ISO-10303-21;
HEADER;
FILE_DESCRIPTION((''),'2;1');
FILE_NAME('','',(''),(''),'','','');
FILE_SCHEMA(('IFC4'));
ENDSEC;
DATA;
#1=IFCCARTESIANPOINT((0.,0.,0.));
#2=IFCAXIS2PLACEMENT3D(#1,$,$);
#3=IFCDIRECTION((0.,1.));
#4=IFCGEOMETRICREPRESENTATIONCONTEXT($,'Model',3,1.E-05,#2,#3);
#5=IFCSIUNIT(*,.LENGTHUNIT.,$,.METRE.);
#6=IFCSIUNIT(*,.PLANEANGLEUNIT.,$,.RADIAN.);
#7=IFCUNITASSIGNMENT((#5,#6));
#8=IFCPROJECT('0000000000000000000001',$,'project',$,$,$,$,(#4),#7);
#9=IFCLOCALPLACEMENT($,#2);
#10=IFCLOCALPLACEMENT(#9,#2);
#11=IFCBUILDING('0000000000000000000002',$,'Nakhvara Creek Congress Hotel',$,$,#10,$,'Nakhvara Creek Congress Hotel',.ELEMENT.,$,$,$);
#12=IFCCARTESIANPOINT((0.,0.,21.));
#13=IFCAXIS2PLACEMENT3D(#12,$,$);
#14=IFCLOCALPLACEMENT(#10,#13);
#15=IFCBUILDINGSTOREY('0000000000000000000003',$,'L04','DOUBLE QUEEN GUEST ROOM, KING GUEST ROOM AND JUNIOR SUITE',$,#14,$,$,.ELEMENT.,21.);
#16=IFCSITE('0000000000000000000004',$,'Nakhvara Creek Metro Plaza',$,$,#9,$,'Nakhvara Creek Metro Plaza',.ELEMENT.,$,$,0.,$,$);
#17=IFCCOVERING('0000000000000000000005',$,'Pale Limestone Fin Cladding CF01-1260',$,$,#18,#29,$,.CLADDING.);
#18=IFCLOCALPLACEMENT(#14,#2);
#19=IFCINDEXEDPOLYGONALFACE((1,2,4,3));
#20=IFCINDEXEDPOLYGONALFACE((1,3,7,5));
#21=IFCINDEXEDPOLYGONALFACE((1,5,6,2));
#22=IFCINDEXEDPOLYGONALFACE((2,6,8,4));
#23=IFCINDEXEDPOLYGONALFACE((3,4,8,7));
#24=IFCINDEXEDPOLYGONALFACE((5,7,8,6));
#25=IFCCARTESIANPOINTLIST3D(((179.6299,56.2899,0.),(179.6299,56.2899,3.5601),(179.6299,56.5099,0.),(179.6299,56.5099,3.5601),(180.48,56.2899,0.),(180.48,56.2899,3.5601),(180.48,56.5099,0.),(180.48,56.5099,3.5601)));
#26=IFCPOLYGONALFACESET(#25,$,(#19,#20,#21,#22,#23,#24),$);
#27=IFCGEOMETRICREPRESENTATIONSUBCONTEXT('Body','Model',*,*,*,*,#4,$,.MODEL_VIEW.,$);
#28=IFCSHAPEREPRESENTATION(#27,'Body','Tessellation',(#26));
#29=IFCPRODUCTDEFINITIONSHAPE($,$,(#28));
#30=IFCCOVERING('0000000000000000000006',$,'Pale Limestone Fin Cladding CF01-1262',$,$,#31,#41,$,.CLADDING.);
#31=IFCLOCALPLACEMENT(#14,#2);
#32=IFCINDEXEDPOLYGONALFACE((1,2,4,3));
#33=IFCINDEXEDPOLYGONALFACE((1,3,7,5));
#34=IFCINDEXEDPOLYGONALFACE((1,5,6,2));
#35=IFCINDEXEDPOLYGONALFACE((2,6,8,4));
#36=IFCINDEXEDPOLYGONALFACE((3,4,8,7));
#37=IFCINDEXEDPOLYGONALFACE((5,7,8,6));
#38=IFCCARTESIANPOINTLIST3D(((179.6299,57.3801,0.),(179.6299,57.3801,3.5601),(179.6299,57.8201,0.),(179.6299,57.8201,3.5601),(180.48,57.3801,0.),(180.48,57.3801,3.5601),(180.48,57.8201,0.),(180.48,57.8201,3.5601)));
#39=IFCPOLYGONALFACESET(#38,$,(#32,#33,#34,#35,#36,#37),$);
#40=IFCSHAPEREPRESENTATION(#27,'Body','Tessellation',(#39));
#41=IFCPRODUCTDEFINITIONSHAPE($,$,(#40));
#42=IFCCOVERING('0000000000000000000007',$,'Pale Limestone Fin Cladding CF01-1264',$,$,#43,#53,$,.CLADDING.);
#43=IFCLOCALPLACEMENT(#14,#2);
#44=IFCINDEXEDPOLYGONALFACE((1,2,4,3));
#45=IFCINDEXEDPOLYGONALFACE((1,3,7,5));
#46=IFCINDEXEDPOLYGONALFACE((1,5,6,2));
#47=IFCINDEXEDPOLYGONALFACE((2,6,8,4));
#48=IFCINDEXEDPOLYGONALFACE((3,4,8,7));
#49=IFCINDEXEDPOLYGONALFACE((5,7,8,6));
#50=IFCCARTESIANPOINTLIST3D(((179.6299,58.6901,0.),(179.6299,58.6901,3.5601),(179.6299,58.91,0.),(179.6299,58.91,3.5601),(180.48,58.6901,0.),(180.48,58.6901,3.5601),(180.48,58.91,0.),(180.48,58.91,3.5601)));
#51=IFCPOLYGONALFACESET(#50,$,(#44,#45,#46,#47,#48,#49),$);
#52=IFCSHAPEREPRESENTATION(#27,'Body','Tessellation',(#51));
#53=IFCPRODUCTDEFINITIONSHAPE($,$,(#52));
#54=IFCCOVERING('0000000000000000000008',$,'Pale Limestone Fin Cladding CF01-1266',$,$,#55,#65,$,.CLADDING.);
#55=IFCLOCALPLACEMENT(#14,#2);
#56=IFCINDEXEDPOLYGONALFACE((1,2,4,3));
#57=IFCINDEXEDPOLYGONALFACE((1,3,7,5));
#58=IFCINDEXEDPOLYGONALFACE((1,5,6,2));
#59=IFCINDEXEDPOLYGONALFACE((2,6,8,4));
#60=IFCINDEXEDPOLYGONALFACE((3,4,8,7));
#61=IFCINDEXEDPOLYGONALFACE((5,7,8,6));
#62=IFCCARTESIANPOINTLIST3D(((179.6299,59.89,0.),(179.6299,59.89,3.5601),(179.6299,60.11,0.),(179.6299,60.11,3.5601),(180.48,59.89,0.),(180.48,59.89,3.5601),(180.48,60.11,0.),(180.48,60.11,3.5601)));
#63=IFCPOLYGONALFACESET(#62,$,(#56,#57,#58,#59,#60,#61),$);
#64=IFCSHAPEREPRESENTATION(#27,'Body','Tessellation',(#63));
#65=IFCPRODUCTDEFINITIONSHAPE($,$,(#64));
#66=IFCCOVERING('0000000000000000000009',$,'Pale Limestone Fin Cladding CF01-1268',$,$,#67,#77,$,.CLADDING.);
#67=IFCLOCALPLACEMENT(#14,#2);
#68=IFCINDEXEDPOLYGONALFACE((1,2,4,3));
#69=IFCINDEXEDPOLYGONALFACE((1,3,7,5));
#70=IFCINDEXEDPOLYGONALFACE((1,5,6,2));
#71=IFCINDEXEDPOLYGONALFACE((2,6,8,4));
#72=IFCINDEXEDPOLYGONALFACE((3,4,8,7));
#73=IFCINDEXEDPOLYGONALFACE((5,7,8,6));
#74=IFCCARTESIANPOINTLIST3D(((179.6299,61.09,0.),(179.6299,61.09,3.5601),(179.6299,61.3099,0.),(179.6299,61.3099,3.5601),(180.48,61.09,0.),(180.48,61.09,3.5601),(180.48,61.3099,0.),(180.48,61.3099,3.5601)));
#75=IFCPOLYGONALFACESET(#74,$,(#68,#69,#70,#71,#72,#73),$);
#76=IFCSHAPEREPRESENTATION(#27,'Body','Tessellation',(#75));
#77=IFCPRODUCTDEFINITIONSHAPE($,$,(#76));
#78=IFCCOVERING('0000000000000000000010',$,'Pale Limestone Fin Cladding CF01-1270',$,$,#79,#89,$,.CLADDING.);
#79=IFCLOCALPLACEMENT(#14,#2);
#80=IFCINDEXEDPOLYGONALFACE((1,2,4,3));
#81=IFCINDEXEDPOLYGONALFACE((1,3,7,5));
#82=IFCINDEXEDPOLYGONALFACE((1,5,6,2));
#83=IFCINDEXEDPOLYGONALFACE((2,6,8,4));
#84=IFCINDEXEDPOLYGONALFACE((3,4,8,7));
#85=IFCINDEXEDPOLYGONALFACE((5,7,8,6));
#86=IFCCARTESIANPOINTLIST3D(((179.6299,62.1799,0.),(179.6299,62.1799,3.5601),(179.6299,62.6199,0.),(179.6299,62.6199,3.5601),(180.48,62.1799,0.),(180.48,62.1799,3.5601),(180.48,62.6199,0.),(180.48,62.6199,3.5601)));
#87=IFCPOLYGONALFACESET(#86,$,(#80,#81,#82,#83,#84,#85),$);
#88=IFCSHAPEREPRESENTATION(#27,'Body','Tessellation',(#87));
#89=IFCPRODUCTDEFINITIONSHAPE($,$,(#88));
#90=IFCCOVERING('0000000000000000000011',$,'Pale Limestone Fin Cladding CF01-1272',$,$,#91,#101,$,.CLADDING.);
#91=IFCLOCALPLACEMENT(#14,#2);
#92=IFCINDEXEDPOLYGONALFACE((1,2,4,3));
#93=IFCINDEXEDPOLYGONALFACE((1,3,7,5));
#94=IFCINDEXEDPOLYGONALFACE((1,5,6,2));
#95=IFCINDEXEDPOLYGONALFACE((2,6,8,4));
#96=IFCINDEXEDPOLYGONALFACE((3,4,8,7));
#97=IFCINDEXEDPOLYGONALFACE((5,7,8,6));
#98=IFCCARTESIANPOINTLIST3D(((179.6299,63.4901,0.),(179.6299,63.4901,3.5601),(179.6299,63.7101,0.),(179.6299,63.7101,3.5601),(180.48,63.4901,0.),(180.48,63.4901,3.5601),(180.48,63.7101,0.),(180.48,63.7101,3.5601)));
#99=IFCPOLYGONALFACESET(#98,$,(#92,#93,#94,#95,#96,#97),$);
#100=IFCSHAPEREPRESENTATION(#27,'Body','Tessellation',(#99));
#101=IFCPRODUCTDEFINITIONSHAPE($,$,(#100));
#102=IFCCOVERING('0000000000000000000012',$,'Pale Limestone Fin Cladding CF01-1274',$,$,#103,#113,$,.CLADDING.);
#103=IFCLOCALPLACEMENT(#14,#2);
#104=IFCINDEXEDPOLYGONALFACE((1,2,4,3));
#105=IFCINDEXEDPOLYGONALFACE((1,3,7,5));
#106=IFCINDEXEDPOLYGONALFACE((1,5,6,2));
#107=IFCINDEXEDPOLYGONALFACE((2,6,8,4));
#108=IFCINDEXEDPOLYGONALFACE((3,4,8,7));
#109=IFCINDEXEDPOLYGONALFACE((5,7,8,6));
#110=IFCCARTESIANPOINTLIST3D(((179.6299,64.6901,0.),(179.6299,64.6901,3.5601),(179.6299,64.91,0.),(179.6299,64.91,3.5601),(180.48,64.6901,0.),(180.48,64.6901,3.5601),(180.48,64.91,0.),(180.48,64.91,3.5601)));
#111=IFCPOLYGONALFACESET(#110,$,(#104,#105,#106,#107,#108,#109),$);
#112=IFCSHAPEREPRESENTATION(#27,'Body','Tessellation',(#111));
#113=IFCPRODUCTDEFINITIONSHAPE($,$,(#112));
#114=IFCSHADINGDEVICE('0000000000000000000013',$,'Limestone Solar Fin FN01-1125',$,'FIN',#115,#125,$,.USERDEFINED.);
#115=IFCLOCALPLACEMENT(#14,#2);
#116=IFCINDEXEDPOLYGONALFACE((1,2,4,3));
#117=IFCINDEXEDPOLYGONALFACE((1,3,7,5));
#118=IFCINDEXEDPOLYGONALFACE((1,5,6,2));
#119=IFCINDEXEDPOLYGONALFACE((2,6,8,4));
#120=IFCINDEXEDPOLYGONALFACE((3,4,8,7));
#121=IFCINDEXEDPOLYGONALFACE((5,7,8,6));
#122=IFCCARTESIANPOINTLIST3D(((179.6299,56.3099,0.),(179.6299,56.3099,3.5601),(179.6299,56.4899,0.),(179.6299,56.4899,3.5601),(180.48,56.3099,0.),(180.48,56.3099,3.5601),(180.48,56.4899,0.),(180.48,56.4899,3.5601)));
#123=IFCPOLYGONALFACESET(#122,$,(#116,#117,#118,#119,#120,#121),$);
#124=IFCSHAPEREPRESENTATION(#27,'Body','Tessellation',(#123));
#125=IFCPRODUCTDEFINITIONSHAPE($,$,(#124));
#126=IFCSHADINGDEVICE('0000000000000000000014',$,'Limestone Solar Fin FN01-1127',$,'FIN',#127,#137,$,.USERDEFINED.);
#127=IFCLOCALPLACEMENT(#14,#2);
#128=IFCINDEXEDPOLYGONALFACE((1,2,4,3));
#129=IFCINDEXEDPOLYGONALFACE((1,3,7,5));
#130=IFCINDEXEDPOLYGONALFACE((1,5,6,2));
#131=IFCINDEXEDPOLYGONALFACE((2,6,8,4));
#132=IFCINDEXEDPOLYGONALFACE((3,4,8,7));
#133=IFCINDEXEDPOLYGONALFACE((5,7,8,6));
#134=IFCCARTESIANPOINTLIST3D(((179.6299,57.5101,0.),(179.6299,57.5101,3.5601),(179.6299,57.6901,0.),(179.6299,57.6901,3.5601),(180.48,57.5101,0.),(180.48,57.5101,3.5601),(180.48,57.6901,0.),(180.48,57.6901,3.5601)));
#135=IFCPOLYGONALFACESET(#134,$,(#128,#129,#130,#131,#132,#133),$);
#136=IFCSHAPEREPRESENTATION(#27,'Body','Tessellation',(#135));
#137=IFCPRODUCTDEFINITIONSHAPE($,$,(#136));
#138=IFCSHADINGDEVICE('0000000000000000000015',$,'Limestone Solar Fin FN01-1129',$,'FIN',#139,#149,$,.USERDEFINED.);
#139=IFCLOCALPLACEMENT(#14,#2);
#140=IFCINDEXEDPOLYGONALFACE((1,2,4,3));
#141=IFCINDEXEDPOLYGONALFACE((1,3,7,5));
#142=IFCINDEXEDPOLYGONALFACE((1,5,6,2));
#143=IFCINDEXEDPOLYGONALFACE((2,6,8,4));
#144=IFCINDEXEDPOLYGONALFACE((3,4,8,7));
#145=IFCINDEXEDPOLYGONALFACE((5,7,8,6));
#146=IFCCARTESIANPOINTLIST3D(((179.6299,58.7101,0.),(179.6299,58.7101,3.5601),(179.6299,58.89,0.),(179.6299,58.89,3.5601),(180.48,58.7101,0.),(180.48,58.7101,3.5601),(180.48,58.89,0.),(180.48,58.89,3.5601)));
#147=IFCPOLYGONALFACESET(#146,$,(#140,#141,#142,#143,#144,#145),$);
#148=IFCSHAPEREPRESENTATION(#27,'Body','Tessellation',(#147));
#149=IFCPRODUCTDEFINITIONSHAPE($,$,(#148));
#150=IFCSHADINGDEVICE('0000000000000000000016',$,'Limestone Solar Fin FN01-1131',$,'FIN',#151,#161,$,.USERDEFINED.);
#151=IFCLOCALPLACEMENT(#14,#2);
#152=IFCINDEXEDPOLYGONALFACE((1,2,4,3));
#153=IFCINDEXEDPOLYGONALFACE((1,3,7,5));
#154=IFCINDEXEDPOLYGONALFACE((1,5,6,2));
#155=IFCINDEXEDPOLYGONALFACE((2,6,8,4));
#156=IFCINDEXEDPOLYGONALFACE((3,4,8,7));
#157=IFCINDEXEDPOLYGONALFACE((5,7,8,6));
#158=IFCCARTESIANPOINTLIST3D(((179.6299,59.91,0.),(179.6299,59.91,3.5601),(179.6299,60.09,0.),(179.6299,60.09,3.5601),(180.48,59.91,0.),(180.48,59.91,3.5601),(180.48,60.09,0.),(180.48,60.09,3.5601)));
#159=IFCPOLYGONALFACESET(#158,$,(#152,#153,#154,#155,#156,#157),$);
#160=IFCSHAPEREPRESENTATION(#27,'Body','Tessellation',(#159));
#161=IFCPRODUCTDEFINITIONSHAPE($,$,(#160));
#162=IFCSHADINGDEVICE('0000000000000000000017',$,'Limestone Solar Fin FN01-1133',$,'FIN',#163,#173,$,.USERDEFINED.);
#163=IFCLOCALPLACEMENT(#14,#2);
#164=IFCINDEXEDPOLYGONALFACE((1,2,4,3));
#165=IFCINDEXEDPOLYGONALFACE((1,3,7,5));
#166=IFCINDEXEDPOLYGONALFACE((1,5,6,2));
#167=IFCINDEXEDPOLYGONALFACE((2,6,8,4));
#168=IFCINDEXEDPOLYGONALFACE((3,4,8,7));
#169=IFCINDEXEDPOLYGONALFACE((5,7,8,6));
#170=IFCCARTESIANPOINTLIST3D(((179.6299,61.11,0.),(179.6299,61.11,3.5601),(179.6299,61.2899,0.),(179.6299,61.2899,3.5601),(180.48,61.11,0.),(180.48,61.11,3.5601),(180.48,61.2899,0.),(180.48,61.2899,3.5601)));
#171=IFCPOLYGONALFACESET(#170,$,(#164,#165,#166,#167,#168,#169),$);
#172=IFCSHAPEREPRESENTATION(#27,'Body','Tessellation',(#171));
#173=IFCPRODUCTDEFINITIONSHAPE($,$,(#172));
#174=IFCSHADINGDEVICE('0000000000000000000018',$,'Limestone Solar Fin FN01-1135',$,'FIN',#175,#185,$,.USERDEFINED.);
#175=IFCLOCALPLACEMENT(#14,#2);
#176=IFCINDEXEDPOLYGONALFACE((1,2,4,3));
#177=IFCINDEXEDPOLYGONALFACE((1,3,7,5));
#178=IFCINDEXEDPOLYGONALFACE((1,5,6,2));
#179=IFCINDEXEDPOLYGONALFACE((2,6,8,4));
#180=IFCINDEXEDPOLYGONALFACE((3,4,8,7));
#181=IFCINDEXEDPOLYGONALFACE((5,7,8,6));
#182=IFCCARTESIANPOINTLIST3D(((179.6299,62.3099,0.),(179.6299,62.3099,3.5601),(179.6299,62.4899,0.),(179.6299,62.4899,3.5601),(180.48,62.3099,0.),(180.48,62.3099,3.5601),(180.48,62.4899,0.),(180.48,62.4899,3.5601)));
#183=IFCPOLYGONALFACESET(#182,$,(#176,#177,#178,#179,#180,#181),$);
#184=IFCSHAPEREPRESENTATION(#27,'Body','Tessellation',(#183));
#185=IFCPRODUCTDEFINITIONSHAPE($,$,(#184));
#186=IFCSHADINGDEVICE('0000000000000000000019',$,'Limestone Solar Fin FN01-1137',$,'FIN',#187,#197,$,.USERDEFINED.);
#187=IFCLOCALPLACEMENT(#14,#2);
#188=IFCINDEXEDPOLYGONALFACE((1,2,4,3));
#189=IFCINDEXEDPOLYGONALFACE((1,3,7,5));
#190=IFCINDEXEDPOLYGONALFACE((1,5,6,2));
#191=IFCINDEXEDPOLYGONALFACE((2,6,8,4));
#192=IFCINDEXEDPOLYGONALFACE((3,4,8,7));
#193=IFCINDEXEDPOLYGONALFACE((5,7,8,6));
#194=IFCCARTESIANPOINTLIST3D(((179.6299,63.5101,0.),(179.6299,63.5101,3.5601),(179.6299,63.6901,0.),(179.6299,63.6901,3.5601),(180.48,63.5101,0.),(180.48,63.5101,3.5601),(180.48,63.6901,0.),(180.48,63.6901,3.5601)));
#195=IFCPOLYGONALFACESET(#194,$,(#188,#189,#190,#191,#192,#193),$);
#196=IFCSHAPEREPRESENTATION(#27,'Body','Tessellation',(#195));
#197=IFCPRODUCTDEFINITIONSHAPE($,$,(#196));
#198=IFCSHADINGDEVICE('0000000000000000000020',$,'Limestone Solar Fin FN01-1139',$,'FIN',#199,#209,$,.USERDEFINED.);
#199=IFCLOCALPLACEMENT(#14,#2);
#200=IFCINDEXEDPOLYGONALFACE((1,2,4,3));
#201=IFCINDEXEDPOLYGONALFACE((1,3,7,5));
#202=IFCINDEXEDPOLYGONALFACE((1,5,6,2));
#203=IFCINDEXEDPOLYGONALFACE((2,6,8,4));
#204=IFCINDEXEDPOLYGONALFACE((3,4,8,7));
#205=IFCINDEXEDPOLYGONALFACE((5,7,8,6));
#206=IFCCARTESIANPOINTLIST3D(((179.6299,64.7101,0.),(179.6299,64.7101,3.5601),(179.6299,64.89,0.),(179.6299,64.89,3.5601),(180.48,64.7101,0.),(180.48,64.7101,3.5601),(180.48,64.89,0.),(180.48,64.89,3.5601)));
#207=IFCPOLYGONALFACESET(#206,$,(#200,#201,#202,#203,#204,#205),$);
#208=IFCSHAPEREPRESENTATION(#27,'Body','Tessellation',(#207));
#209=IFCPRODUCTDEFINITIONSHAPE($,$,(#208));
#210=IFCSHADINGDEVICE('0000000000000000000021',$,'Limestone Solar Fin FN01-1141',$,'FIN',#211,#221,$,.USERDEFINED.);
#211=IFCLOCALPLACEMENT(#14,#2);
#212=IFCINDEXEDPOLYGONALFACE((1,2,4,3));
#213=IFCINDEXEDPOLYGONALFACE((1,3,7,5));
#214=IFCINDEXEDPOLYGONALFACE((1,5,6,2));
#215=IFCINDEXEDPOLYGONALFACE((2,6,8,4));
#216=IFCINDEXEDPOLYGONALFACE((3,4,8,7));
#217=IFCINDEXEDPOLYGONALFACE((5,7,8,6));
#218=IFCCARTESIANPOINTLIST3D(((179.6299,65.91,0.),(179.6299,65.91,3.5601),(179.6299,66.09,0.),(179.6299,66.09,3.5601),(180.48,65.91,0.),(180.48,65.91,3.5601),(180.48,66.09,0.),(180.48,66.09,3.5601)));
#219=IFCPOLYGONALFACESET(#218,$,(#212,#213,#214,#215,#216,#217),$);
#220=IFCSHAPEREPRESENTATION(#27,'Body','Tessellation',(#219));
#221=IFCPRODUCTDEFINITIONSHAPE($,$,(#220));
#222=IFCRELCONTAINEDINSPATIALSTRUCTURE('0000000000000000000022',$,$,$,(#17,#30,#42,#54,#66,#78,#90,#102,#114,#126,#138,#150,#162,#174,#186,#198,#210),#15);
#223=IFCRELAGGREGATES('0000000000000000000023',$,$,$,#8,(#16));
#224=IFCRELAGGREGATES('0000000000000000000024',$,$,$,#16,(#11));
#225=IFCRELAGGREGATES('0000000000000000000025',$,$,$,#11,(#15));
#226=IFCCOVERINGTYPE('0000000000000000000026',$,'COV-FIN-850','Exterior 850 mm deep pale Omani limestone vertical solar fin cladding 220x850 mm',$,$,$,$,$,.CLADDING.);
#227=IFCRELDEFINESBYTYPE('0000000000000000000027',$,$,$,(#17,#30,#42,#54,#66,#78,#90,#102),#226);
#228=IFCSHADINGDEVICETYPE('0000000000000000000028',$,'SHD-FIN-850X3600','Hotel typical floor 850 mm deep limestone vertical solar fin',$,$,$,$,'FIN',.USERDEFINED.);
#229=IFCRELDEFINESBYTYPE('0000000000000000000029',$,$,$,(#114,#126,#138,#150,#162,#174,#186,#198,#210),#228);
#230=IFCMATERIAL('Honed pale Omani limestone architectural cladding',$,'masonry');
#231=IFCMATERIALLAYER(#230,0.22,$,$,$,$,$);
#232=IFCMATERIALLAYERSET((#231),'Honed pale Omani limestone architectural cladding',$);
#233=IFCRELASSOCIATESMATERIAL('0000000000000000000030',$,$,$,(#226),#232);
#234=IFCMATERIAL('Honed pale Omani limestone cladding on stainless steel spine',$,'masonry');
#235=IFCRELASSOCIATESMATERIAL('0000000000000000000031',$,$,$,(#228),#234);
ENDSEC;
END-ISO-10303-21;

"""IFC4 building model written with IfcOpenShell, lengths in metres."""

from ifc_helpers import new_model, si_unit, direction, frame, origin, origin_2d, place, context, subcontext, project, spatial, rectangle, extrude, material, layer, layer_set, type_object, element, save


model = new_model("IFC4")

# Units and contexts
model_context = context("Model", 3, precision=1e-05, world=origin(), true_north=direction((0.0, 1.0)))
body_context = subcontext(model_context, "Body", "Model", "MODEL_VIEW")
ifc_project = project(units=[si_unit("LENGTHUNIT", "METRE"), si_unit("PLANEANGLEUNIT", "RADIAN")], contexts=[model_context])

# Site, building, storey
site_placement = place(None, origin())
site = spatial("IfcSite", under=ifc_project, at=site_placement, Name="Nakhvara Creek Metro Plaza", LongName="Nakhvara Creek Metro Plaza", CompositionType="ELEMENT", RefElevation=0.0)
building_placement = place(site_placement, origin())
building = spatial("IfcBuilding", under=site, at=building_placement, Name="Nakhvara Creek Congress Hotel", LongName="Nakhvara Creek Congress Hotel", CompositionType="ELEMENT")
storey_placement = place(building_placement, frame((0.0, 0.0, 21.0)))
storey = spatial("IfcBuildingStorey", under=building, at=storey_placement, Name="L04", Description="DOUBLE QUEEN GUEST ROOM, KING GUEST ROOM AND JUNIOR SUITE", CompositionType="ELEMENT", Elevation=21.0)

# Coverings
ifc_material_1 = material(Name="Honed pale Omani limestone architectural cladding", Category="masonry")
ifc_layer = layer(ifc_material_1, 0.22)
ifc_layer_set = layer_set([ifc_layer], Name="Honed pale Omani limestone architectural cladding")
covering_type = type_object("IfcCoveringType", Name="COV-FIN-850", Description="Exterior 850 mm deep pale Omani limestone vertical solar fin cladding 220x850 mm", PredefinedType="CLADDING", material=ifc_layer_set)
covering_1_placement = place(storey_placement, frame((180.0549, 56.3999, 0.0), z_axis=(0.0, 0.0, 1.0), x_axis=(0.0, 1.0, 0.0)))
element("IfcCovering", 1, at=covering_1_placement, inside=storey, type_object=covering_type, Name="Pale Limestone Fin Cladding CF01-1260", PredefinedType="CLADDING", context=body_context, shape_type="SweptSolid", body=[
    extrude(rectangle(XDim=0.22, YDim=0.8501, at=origin_2d()), origin(), (0.0, 0.0, 1.0), 3.5601),
])
covering_2_placement = place(storey_placement, frame((180.0549, 57.6001, 0.0), z_axis=(0.0, 0.0, 1.0), x_axis=(0.0, 1.0, 0.0)))
element("IfcCovering", 2, at=covering_2_placement, inside=storey, type_object=covering_type, Name="Pale Limestone Fin Cladding CF01-1262", PredefinedType="CLADDING", context=body_context, shape_type="SweptSolid", body=[
    extrude(rectangle(XDim=0.4399, YDim=0.8501, at=origin_2d()), origin(), (0.0, 0.0, 1.0), 3.5601),
])
for number, where, z_axis, x_axis, name in (
    (3, (180.0549, 58.8, 0.0), (0.0, 0.0, 1.0), (0.0, 1.0, 0.0), "Pale Limestone Fin Cladding CF01-1264"),
    (4, (180.0549, 60.0, 0.0), (0.0, 0.0, 1.0), (0.0, 1.0, 0.0), "Pale Limestone Fin Cladding CF01-1266"),
    (5, (180.0549, 61.2, 0.0), (0.0, 0.0, 1.0), (0.0, 1.0, 0.0), "Pale Limestone Fin Cladding CF01-1268"),
):
    element("IfcCovering", number, at=place(storey_placement, frame(where, z_axis=z_axis, x_axis=x_axis)), inside=storey, type_object=covering_type, Name=name, PredefinedType="CLADDING", context=body_context, shape_type="SweptSolid", body=[
        extrude(rectangle(XDim=0.22, YDim=0.8501, at=origin_2d()), origin(), (0.0, 0.0, 1.0), 3.5601),
    ])
covering_3_placement = place(storey_placement, frame((180.0549, 62.3999, 0.0), z_axis=(0.0, 0.0, 1.0), x_axis=(0.0, 1.0, 0.0)))
element("IfcCovering", 6, at=covering_3_placement, inside=storey, type_object=covering_type, Name="Pale Limestone Fin Cladding CF01-1270", PredefinedType="CLADDING", context=body_context, shape_type="SweptSolid", body=[
    extrude(rectangle(XDim=0.4399, YDim=0.8501, at=origin_2d()), origin(), (0.0, 0.0, 1.0), 3.5601),
])
for number, where, z_axis, x_axis, name in (
    (7, (180.0549, 63.6001, 0.0), (0.0, 0.0, 1.0), (0.0, 1.0, 0.0), "Pale Limestone Fin Cladding CF01-1272"),
    (8, (180.0549, 64.8, 0.0), (0.0, 0.0, 1.0), (0.0, 1.0, 0.0), "Pale Limestone Fin Cladding CF01-1274"),
):
    element("IfcCovering", number, at=place(storey_placement, frame(where, z_axis=z_axis, x_axis=x_axis)), inside=storey, type_object=covering_type, Name=name, PredefinedType="CLADDING", context=body_context, shape_type="SweptSolid", body=[
        extrude(rectangle(XDim=0.22, YDim=0.8501, at=origin_2d()), origin(), (0.0, 0.0, 1.0), 3.5601),
    ])

# Shading devices
ifc_material_2 = material(Name="Honed pale Omani limestone cladding on stainless steel spine", Category="masonry")
shading_device_type = type_object("IfcShadingDeviceType", Name="SHD-FIN-850X3600", Description="Hotel typical floor 850 mm deep limestone vertical solar fin", ElementType="FIN", PredefinedType="USERDEFINED", material=ifc_material_2)
for number, where, z_axis, x_axis, name in (
    (9, (180.0549, 56.3999, 0.0), (0.0, 0.0, 1.0), (0.0, 1.0, 0.0), "Limestone Solar Fin FN01-1125"),
    (10, (180.0549, 57.6001, 0.0), (0.0, 0.0, 1.0), (0.0, 1.0, 0.0), "Limestone Solar Fin FN01-1127"),
    (11, (180.0549, 58.8, 0.0), (0.0, 0.0, 1.0), (0.0, 1.0, 0.0), "Limestone Solar Fin FN01-1129"),
    (12, (180.0549, 60.0, 0.0), (0.0, 0.0, 1.0), (0.0, 1.0, 0.0), "Limestone Solar Fin FN01-1131"),
    (13, (180.0549, 61.2, 0.0), (0.0, 0.0, 1.0), (0.0, 1.0, 0.0), "Limestone Solar Fin FN01-1133"),
    (14, (180.0549, 62.3999, 0.0), (0.0, 0.0, 1.0), (0.0, 1.0, 0.0), "Limestone Solar Fin FN01-1135"),
    (15, (180.0549, 63.6001, 0.0), (0.0, 0.0, 1.0), (0.0, 1.0, 0.0), "Limestone Solar Fin FN01-1137"),
    (16, (180.0549, 64.8, 0.0), (0.0, 0.0, 1.0), (0.0, 1.0, 0.0), "Limestone Solar Fin FN01-1139"),
    (17, (180.0549, 66.0, 0.0), (0.0, 0.0, 1.0), (0.0, 1.0, 0.0), "Limestone Solar Fin FN01-1141"),
):
    element("IfcShadingDevice", number, at=place(storey_placement, frame(where, z_axis=z_axis, x_axis=x_axis)), inside=storey, type_object=shading_device_type, Name=name, ObjectType="FIN", PredefinedType="USERDEFINED", context=body_context, shape_type="SweptSolid", body=[
        extrude(rectangle(XDim=0.1799, YDim=0.8501, at=origin_2d()), origin(), (0.0, 0.0, 1.0), 3.5601),
    ])

save(model, "model.ifc")
